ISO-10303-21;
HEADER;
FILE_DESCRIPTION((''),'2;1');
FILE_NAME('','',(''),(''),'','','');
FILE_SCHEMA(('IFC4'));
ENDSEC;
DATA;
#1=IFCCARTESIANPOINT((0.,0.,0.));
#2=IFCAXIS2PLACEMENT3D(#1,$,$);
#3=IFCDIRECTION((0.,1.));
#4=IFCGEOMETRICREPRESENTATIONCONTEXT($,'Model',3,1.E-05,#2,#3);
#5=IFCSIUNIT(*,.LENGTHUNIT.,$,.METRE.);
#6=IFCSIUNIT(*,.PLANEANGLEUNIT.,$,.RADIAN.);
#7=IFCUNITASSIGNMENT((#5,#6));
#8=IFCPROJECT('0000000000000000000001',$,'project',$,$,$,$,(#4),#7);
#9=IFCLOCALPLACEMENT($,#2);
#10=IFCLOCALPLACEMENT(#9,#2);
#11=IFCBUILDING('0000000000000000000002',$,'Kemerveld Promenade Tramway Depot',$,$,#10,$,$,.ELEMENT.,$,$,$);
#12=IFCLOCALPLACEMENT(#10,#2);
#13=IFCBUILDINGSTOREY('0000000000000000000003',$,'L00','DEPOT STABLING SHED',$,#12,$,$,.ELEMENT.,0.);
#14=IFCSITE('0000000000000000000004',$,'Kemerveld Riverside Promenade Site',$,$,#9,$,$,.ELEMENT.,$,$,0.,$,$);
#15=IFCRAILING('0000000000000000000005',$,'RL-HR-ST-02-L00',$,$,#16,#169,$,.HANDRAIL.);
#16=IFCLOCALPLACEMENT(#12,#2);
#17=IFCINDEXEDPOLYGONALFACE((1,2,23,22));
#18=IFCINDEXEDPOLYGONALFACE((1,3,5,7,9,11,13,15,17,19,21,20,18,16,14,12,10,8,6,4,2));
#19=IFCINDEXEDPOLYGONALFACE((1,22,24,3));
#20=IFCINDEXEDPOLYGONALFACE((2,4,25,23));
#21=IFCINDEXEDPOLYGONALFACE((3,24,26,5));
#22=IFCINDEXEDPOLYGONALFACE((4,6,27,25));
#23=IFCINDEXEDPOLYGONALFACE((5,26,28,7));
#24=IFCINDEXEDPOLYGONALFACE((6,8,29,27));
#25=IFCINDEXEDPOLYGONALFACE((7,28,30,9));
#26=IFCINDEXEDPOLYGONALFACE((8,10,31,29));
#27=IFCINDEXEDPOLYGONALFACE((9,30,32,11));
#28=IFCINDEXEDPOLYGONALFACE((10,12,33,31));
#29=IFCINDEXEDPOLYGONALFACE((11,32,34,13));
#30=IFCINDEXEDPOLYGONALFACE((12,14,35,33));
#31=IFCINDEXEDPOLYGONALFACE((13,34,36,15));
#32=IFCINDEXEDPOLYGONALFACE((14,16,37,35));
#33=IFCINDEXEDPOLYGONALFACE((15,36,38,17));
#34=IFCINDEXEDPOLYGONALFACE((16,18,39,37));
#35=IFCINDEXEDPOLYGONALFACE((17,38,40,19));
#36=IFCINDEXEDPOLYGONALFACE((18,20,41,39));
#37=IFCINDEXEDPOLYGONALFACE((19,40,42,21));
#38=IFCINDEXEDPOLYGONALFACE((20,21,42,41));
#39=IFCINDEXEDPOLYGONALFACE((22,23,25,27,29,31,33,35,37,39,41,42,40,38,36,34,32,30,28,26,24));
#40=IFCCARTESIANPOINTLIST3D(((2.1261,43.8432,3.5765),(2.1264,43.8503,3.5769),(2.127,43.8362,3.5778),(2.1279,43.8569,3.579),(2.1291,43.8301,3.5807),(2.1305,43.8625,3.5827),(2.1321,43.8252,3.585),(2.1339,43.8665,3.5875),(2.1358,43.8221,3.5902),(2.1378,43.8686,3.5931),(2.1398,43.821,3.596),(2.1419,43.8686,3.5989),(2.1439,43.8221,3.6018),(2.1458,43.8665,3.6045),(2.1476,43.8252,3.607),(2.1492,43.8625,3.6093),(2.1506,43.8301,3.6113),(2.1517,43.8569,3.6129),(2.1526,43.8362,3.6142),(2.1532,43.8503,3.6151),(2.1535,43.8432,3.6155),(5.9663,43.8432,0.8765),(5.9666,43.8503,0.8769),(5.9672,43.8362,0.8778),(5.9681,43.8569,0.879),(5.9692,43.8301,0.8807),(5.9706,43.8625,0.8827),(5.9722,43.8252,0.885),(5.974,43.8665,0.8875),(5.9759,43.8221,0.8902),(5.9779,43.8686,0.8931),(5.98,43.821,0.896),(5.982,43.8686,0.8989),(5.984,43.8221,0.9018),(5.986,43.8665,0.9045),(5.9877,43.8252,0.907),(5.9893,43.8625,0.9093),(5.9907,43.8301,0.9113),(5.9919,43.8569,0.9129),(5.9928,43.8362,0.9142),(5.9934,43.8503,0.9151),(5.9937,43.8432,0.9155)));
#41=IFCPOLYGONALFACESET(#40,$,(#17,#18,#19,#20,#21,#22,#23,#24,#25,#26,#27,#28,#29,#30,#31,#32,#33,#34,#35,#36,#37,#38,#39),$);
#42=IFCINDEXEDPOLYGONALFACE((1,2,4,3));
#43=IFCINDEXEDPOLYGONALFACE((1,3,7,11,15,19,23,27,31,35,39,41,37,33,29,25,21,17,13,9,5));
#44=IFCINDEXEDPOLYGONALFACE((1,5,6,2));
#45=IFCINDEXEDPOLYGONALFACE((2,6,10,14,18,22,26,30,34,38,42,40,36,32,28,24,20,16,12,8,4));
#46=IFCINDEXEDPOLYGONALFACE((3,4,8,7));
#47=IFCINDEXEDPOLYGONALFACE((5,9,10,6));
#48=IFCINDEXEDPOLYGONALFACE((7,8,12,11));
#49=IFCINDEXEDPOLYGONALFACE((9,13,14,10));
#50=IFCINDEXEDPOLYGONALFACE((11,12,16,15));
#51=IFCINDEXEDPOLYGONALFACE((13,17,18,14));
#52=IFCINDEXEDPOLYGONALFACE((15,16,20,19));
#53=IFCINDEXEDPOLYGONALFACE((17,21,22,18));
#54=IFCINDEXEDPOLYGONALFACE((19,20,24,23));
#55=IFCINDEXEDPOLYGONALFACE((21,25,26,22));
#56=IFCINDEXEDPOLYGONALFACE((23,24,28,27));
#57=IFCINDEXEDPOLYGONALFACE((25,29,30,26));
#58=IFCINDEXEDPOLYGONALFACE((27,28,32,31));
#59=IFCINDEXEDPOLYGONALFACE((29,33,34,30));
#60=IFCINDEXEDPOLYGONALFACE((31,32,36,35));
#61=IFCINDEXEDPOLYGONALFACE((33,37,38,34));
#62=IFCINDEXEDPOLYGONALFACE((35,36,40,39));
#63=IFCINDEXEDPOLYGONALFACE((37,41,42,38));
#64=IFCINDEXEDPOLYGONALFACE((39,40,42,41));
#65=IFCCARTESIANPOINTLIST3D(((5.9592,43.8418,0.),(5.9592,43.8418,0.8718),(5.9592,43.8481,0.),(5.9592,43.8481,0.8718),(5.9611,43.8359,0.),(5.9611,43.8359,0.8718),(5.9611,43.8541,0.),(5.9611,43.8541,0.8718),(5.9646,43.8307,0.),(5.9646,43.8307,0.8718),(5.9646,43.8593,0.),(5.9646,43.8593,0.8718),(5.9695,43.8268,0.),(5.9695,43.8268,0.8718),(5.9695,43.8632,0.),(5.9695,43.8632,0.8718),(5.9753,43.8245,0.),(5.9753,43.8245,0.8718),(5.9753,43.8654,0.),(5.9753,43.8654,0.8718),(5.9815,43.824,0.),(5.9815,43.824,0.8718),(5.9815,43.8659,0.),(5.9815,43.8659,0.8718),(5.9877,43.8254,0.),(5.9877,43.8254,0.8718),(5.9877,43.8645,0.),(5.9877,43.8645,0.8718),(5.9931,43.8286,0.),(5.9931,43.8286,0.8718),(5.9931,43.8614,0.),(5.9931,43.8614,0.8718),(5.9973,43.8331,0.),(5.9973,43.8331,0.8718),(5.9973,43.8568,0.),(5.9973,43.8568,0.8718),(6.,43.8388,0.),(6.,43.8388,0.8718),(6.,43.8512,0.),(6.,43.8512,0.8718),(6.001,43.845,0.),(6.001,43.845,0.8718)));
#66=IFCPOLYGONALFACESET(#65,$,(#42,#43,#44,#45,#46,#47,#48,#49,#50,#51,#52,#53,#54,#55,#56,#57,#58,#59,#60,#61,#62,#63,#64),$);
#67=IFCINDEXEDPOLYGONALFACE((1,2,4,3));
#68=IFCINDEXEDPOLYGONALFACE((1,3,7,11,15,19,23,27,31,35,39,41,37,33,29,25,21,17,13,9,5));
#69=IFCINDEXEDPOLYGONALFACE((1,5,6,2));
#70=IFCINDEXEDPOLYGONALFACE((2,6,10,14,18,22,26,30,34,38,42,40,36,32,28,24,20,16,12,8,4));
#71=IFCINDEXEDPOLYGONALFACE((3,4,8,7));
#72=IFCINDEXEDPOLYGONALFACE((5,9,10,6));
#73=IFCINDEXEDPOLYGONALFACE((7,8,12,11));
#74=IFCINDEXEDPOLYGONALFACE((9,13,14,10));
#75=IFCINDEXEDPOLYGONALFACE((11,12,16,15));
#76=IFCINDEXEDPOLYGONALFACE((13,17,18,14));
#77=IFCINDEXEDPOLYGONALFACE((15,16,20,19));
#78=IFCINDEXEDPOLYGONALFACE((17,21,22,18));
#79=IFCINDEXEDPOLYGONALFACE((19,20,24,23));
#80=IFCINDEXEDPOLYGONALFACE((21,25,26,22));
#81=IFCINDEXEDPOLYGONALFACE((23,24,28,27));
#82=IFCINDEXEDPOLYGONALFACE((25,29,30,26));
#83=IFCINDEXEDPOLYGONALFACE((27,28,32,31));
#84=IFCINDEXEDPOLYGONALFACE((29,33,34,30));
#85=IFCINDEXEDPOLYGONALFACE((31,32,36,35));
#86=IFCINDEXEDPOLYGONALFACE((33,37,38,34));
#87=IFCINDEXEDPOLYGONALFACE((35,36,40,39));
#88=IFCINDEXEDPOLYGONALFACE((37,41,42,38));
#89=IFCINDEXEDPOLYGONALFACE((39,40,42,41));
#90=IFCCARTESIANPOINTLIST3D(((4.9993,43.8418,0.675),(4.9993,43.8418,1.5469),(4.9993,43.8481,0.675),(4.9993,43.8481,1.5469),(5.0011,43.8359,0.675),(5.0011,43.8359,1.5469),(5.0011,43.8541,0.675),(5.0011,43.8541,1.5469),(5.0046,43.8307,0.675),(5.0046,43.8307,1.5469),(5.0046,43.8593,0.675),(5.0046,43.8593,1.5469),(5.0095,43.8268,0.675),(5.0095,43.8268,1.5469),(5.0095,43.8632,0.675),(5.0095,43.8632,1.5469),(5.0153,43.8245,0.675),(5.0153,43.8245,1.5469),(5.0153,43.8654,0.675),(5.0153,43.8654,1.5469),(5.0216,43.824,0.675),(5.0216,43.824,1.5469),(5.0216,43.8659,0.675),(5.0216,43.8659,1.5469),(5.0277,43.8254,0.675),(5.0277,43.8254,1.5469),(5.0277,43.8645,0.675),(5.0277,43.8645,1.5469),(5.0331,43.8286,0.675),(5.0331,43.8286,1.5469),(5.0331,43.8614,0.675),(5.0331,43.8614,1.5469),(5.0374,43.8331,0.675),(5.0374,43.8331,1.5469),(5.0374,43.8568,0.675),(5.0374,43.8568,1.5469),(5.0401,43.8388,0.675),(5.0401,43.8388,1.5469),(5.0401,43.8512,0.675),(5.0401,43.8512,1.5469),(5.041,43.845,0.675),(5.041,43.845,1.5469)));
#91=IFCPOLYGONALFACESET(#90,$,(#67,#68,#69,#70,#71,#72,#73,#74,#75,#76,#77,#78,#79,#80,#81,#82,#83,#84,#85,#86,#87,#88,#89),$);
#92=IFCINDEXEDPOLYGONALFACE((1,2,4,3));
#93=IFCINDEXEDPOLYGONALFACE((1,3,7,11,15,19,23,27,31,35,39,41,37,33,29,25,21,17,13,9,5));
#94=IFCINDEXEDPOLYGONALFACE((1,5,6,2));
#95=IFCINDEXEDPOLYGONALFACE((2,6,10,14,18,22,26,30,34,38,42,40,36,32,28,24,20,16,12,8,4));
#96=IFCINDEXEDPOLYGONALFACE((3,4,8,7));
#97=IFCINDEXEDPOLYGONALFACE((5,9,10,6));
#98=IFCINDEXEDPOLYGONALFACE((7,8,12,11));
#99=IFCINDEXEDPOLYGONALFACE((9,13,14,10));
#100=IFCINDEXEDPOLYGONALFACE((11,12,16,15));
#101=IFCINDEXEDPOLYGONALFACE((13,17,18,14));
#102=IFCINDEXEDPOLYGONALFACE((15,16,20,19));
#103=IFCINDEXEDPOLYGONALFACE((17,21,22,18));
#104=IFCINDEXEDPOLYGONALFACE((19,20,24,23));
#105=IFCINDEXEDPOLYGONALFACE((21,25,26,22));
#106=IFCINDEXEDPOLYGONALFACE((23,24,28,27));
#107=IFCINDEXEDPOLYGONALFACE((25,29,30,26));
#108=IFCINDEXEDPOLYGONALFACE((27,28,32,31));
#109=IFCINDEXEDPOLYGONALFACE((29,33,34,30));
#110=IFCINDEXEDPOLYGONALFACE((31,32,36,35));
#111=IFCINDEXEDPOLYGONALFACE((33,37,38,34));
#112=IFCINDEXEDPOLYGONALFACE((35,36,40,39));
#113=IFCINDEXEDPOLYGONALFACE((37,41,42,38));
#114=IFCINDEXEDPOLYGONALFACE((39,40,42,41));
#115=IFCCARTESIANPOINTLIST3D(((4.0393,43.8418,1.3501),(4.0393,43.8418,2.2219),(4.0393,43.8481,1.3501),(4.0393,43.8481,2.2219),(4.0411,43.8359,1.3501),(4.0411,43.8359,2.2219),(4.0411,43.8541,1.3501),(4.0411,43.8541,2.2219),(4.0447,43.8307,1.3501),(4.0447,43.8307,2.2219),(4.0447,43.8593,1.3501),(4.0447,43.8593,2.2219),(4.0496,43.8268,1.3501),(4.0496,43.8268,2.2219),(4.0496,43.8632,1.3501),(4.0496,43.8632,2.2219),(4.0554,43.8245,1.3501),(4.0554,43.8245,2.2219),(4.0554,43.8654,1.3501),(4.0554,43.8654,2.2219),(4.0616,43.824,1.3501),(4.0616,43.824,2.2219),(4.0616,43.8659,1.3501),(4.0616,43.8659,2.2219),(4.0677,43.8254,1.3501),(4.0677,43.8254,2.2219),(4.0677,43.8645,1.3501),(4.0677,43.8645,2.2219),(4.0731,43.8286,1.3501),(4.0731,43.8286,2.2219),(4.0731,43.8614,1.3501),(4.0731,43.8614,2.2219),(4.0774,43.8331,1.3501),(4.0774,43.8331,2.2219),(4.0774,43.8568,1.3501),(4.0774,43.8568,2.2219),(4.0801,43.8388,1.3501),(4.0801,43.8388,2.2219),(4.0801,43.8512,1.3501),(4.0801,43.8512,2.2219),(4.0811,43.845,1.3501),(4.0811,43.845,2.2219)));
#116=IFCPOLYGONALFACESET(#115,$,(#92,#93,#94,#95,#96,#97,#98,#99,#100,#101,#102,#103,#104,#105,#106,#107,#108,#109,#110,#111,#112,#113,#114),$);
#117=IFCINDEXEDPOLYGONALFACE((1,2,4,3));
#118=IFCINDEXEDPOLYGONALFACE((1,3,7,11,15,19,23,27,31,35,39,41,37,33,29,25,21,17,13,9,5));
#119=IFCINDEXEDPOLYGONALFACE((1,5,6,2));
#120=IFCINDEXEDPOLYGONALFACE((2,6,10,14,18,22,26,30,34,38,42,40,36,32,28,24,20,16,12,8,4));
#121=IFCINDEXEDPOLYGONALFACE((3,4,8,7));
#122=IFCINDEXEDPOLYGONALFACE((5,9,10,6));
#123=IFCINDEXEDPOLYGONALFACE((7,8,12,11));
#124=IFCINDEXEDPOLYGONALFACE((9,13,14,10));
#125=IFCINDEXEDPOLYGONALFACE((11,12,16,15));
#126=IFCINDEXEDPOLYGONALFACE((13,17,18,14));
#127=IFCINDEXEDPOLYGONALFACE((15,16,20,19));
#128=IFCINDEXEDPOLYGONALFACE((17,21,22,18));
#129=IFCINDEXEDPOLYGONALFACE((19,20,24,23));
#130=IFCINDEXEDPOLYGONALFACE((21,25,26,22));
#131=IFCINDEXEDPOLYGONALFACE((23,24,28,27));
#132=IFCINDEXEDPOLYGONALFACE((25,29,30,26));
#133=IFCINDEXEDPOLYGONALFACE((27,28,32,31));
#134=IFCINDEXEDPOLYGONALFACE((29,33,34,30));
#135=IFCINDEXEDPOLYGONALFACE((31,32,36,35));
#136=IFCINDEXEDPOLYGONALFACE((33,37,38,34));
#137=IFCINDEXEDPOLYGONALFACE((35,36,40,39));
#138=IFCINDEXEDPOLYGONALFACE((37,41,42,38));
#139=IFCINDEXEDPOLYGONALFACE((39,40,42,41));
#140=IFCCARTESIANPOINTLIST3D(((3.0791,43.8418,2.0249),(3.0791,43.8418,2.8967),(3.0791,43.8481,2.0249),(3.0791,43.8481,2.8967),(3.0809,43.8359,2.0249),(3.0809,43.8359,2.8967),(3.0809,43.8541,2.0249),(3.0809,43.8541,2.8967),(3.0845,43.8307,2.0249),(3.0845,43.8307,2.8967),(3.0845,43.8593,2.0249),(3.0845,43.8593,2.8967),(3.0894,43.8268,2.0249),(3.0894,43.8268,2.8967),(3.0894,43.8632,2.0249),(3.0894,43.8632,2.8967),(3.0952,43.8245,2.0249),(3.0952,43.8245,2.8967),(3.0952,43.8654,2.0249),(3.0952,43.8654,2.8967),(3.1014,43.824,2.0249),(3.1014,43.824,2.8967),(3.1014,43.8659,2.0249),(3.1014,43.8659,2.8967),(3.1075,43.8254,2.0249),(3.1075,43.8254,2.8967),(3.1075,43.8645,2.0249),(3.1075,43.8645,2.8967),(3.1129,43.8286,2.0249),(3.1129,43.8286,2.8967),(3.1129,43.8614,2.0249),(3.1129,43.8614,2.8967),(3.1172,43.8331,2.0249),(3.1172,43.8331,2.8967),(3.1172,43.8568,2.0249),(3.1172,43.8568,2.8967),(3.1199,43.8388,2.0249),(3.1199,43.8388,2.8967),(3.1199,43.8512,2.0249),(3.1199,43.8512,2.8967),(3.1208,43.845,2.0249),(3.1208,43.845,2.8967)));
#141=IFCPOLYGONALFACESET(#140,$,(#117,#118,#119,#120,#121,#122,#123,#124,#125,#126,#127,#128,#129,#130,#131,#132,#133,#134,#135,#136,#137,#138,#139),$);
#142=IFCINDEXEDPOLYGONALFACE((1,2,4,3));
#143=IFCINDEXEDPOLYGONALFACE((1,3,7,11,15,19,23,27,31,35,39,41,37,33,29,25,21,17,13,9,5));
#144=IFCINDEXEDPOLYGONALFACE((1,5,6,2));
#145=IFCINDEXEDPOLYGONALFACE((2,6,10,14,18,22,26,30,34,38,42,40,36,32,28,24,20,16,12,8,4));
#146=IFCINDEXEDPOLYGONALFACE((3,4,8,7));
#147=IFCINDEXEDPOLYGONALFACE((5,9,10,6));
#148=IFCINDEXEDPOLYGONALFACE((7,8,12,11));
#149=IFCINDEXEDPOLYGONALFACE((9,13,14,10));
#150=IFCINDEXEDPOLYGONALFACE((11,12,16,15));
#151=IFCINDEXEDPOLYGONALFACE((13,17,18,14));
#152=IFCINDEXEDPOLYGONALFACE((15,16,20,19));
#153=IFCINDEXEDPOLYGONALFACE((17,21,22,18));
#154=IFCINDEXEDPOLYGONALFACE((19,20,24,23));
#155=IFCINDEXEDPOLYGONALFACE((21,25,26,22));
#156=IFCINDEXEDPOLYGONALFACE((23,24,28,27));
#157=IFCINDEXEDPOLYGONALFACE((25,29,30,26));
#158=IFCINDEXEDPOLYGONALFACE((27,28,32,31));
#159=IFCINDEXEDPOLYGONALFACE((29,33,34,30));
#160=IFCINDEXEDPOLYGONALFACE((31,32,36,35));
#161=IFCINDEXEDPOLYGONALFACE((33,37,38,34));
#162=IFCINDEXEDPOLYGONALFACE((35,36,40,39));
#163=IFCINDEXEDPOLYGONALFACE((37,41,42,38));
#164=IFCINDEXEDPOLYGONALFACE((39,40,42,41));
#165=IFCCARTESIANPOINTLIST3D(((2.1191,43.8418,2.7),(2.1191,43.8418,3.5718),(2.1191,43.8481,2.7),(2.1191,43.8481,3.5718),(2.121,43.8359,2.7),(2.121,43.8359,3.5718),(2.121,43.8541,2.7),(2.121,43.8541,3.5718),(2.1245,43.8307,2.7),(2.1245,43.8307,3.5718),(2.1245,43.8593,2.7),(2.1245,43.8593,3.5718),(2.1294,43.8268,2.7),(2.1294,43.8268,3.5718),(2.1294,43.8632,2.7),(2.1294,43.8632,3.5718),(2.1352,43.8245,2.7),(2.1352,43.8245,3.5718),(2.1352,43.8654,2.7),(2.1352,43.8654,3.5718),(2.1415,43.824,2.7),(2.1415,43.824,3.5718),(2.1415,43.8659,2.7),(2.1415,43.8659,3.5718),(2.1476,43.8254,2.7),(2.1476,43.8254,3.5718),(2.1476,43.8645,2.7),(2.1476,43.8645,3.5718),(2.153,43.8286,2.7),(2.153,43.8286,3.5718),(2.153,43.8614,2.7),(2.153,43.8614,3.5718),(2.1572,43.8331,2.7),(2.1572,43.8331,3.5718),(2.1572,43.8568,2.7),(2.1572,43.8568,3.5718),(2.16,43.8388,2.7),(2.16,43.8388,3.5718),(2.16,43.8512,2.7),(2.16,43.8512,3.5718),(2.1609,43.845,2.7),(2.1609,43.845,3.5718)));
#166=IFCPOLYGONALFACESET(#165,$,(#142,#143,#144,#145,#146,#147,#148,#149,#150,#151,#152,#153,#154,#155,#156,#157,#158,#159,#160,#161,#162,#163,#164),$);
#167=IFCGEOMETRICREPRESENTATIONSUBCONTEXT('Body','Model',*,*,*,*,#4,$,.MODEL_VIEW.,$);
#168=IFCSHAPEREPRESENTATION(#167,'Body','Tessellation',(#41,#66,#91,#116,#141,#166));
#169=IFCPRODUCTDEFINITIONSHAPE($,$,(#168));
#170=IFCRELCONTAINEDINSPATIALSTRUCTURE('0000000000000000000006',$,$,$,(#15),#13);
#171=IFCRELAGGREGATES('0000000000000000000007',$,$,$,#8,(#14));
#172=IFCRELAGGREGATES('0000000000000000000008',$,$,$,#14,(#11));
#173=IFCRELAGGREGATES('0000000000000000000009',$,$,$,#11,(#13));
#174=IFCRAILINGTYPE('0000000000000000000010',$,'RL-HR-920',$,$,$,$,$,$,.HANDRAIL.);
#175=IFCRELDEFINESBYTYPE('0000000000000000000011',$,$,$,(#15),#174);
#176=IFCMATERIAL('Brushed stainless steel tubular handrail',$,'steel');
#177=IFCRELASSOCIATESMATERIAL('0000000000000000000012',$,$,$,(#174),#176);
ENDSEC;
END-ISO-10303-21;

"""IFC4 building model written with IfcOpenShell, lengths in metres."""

from ifc_helpers import new_model, si_unit, direction, frame, origin, origin_2d, place, context, subcontext, project, spatial, circle, extrude, material, type_object, element, save


model = new_model("IFC4")

# Units and contexts
model_context = context("Model", 3, precision=1e-05, world=origin(), true_north=direction((0.0, 1.0)))
body_context = subcontext(model_context, "Body", "Model", "MODEL_VIEW")
ifc_project = project(units=[si_unit("LENGTHUNIT", "METRE"), si_unit("PLANEANGLEUNIT", "RADIAN")], contexts=[model_context])

# Site, building, storey
site_placement = place(None, origin())
site = spatial("IfcSite", under=ifc_project, at=site_placement, Name="Kemerveld Riverside Promenade Site", CompositionType="ELEMENT", RefElevation=0.0)
building_placement = place(site_placement, origin())
building = spatial("IfcBuilding", under=site, at=building_placement, Name="Kemerveld Promenade Tramway Depot", CompositionType="ELEMENT")
storey_placement = place(building_placement, origin())
storey = spatial("IfcBuildingStorey", under=building, at=storey_placement, Name="L00", Description="DEPOT STABLING SHED", CompositionType="ELEMENT", Elevation=0.0)

# Railing
ifc_material_1 = material(Name="Brushed stainless steel tubular handrail", Category="steel")
railing_type_1 = type_object("IfcRailingType", Name="RL-HR-920", PredefinedType="HANDRAIL", material=ifc_material_1)
railing_1_placement = place(storey_placement, frame((5.98, 43.845, 0.0)))
element("IfcRailing", 1, at=railing_1_placement, inside=storey, type_object=railing_type_1, Name="RL-HR-ST-02-L00", PredefinedType="HANDRAIL", context=body_context, shape_type="SweptSolid", body=[
    extrude(circle(Radius=0.0239, at=origin_2d()), frame((0.0, 0.0, 0.896), z_axis=(-0.81804, 0.0, 0.575161), x_axis=(0.0, -1.0, 0.0)), (0.0, 0.0, 1.0), 4.6943),
    extrude(circle(Radius=0.021, at=origin_2d()), origin(), (0.0, 0.0, 1.0), 0.8718),
    extrude(circle(Radius=0.021, at=origin_2d()), frame((-0.96, 0.0, 0.675)), (0.0, 0.0, 1.0), 0.8718),
    extrude(circle(Radius=0.021, at=origin_2d()), frame((-1.9199, 0.0, 1.3501)), (0.0, 0.0, 1.0), 0.8718),
    extrude(circle(Radius=0.021, at=origin_2d()), frame((-2.8801, 0.0, 2.0249)), (0.0, 0.0, 1.0), 0.8718),
    extrude(circle(Radius=0.021, at=origin_2d()), frame((-3.8401, 0.0, 2.7)), (0.0, 0.0, 1.0), 0.8718),
])

save(model, "model.ifc")
